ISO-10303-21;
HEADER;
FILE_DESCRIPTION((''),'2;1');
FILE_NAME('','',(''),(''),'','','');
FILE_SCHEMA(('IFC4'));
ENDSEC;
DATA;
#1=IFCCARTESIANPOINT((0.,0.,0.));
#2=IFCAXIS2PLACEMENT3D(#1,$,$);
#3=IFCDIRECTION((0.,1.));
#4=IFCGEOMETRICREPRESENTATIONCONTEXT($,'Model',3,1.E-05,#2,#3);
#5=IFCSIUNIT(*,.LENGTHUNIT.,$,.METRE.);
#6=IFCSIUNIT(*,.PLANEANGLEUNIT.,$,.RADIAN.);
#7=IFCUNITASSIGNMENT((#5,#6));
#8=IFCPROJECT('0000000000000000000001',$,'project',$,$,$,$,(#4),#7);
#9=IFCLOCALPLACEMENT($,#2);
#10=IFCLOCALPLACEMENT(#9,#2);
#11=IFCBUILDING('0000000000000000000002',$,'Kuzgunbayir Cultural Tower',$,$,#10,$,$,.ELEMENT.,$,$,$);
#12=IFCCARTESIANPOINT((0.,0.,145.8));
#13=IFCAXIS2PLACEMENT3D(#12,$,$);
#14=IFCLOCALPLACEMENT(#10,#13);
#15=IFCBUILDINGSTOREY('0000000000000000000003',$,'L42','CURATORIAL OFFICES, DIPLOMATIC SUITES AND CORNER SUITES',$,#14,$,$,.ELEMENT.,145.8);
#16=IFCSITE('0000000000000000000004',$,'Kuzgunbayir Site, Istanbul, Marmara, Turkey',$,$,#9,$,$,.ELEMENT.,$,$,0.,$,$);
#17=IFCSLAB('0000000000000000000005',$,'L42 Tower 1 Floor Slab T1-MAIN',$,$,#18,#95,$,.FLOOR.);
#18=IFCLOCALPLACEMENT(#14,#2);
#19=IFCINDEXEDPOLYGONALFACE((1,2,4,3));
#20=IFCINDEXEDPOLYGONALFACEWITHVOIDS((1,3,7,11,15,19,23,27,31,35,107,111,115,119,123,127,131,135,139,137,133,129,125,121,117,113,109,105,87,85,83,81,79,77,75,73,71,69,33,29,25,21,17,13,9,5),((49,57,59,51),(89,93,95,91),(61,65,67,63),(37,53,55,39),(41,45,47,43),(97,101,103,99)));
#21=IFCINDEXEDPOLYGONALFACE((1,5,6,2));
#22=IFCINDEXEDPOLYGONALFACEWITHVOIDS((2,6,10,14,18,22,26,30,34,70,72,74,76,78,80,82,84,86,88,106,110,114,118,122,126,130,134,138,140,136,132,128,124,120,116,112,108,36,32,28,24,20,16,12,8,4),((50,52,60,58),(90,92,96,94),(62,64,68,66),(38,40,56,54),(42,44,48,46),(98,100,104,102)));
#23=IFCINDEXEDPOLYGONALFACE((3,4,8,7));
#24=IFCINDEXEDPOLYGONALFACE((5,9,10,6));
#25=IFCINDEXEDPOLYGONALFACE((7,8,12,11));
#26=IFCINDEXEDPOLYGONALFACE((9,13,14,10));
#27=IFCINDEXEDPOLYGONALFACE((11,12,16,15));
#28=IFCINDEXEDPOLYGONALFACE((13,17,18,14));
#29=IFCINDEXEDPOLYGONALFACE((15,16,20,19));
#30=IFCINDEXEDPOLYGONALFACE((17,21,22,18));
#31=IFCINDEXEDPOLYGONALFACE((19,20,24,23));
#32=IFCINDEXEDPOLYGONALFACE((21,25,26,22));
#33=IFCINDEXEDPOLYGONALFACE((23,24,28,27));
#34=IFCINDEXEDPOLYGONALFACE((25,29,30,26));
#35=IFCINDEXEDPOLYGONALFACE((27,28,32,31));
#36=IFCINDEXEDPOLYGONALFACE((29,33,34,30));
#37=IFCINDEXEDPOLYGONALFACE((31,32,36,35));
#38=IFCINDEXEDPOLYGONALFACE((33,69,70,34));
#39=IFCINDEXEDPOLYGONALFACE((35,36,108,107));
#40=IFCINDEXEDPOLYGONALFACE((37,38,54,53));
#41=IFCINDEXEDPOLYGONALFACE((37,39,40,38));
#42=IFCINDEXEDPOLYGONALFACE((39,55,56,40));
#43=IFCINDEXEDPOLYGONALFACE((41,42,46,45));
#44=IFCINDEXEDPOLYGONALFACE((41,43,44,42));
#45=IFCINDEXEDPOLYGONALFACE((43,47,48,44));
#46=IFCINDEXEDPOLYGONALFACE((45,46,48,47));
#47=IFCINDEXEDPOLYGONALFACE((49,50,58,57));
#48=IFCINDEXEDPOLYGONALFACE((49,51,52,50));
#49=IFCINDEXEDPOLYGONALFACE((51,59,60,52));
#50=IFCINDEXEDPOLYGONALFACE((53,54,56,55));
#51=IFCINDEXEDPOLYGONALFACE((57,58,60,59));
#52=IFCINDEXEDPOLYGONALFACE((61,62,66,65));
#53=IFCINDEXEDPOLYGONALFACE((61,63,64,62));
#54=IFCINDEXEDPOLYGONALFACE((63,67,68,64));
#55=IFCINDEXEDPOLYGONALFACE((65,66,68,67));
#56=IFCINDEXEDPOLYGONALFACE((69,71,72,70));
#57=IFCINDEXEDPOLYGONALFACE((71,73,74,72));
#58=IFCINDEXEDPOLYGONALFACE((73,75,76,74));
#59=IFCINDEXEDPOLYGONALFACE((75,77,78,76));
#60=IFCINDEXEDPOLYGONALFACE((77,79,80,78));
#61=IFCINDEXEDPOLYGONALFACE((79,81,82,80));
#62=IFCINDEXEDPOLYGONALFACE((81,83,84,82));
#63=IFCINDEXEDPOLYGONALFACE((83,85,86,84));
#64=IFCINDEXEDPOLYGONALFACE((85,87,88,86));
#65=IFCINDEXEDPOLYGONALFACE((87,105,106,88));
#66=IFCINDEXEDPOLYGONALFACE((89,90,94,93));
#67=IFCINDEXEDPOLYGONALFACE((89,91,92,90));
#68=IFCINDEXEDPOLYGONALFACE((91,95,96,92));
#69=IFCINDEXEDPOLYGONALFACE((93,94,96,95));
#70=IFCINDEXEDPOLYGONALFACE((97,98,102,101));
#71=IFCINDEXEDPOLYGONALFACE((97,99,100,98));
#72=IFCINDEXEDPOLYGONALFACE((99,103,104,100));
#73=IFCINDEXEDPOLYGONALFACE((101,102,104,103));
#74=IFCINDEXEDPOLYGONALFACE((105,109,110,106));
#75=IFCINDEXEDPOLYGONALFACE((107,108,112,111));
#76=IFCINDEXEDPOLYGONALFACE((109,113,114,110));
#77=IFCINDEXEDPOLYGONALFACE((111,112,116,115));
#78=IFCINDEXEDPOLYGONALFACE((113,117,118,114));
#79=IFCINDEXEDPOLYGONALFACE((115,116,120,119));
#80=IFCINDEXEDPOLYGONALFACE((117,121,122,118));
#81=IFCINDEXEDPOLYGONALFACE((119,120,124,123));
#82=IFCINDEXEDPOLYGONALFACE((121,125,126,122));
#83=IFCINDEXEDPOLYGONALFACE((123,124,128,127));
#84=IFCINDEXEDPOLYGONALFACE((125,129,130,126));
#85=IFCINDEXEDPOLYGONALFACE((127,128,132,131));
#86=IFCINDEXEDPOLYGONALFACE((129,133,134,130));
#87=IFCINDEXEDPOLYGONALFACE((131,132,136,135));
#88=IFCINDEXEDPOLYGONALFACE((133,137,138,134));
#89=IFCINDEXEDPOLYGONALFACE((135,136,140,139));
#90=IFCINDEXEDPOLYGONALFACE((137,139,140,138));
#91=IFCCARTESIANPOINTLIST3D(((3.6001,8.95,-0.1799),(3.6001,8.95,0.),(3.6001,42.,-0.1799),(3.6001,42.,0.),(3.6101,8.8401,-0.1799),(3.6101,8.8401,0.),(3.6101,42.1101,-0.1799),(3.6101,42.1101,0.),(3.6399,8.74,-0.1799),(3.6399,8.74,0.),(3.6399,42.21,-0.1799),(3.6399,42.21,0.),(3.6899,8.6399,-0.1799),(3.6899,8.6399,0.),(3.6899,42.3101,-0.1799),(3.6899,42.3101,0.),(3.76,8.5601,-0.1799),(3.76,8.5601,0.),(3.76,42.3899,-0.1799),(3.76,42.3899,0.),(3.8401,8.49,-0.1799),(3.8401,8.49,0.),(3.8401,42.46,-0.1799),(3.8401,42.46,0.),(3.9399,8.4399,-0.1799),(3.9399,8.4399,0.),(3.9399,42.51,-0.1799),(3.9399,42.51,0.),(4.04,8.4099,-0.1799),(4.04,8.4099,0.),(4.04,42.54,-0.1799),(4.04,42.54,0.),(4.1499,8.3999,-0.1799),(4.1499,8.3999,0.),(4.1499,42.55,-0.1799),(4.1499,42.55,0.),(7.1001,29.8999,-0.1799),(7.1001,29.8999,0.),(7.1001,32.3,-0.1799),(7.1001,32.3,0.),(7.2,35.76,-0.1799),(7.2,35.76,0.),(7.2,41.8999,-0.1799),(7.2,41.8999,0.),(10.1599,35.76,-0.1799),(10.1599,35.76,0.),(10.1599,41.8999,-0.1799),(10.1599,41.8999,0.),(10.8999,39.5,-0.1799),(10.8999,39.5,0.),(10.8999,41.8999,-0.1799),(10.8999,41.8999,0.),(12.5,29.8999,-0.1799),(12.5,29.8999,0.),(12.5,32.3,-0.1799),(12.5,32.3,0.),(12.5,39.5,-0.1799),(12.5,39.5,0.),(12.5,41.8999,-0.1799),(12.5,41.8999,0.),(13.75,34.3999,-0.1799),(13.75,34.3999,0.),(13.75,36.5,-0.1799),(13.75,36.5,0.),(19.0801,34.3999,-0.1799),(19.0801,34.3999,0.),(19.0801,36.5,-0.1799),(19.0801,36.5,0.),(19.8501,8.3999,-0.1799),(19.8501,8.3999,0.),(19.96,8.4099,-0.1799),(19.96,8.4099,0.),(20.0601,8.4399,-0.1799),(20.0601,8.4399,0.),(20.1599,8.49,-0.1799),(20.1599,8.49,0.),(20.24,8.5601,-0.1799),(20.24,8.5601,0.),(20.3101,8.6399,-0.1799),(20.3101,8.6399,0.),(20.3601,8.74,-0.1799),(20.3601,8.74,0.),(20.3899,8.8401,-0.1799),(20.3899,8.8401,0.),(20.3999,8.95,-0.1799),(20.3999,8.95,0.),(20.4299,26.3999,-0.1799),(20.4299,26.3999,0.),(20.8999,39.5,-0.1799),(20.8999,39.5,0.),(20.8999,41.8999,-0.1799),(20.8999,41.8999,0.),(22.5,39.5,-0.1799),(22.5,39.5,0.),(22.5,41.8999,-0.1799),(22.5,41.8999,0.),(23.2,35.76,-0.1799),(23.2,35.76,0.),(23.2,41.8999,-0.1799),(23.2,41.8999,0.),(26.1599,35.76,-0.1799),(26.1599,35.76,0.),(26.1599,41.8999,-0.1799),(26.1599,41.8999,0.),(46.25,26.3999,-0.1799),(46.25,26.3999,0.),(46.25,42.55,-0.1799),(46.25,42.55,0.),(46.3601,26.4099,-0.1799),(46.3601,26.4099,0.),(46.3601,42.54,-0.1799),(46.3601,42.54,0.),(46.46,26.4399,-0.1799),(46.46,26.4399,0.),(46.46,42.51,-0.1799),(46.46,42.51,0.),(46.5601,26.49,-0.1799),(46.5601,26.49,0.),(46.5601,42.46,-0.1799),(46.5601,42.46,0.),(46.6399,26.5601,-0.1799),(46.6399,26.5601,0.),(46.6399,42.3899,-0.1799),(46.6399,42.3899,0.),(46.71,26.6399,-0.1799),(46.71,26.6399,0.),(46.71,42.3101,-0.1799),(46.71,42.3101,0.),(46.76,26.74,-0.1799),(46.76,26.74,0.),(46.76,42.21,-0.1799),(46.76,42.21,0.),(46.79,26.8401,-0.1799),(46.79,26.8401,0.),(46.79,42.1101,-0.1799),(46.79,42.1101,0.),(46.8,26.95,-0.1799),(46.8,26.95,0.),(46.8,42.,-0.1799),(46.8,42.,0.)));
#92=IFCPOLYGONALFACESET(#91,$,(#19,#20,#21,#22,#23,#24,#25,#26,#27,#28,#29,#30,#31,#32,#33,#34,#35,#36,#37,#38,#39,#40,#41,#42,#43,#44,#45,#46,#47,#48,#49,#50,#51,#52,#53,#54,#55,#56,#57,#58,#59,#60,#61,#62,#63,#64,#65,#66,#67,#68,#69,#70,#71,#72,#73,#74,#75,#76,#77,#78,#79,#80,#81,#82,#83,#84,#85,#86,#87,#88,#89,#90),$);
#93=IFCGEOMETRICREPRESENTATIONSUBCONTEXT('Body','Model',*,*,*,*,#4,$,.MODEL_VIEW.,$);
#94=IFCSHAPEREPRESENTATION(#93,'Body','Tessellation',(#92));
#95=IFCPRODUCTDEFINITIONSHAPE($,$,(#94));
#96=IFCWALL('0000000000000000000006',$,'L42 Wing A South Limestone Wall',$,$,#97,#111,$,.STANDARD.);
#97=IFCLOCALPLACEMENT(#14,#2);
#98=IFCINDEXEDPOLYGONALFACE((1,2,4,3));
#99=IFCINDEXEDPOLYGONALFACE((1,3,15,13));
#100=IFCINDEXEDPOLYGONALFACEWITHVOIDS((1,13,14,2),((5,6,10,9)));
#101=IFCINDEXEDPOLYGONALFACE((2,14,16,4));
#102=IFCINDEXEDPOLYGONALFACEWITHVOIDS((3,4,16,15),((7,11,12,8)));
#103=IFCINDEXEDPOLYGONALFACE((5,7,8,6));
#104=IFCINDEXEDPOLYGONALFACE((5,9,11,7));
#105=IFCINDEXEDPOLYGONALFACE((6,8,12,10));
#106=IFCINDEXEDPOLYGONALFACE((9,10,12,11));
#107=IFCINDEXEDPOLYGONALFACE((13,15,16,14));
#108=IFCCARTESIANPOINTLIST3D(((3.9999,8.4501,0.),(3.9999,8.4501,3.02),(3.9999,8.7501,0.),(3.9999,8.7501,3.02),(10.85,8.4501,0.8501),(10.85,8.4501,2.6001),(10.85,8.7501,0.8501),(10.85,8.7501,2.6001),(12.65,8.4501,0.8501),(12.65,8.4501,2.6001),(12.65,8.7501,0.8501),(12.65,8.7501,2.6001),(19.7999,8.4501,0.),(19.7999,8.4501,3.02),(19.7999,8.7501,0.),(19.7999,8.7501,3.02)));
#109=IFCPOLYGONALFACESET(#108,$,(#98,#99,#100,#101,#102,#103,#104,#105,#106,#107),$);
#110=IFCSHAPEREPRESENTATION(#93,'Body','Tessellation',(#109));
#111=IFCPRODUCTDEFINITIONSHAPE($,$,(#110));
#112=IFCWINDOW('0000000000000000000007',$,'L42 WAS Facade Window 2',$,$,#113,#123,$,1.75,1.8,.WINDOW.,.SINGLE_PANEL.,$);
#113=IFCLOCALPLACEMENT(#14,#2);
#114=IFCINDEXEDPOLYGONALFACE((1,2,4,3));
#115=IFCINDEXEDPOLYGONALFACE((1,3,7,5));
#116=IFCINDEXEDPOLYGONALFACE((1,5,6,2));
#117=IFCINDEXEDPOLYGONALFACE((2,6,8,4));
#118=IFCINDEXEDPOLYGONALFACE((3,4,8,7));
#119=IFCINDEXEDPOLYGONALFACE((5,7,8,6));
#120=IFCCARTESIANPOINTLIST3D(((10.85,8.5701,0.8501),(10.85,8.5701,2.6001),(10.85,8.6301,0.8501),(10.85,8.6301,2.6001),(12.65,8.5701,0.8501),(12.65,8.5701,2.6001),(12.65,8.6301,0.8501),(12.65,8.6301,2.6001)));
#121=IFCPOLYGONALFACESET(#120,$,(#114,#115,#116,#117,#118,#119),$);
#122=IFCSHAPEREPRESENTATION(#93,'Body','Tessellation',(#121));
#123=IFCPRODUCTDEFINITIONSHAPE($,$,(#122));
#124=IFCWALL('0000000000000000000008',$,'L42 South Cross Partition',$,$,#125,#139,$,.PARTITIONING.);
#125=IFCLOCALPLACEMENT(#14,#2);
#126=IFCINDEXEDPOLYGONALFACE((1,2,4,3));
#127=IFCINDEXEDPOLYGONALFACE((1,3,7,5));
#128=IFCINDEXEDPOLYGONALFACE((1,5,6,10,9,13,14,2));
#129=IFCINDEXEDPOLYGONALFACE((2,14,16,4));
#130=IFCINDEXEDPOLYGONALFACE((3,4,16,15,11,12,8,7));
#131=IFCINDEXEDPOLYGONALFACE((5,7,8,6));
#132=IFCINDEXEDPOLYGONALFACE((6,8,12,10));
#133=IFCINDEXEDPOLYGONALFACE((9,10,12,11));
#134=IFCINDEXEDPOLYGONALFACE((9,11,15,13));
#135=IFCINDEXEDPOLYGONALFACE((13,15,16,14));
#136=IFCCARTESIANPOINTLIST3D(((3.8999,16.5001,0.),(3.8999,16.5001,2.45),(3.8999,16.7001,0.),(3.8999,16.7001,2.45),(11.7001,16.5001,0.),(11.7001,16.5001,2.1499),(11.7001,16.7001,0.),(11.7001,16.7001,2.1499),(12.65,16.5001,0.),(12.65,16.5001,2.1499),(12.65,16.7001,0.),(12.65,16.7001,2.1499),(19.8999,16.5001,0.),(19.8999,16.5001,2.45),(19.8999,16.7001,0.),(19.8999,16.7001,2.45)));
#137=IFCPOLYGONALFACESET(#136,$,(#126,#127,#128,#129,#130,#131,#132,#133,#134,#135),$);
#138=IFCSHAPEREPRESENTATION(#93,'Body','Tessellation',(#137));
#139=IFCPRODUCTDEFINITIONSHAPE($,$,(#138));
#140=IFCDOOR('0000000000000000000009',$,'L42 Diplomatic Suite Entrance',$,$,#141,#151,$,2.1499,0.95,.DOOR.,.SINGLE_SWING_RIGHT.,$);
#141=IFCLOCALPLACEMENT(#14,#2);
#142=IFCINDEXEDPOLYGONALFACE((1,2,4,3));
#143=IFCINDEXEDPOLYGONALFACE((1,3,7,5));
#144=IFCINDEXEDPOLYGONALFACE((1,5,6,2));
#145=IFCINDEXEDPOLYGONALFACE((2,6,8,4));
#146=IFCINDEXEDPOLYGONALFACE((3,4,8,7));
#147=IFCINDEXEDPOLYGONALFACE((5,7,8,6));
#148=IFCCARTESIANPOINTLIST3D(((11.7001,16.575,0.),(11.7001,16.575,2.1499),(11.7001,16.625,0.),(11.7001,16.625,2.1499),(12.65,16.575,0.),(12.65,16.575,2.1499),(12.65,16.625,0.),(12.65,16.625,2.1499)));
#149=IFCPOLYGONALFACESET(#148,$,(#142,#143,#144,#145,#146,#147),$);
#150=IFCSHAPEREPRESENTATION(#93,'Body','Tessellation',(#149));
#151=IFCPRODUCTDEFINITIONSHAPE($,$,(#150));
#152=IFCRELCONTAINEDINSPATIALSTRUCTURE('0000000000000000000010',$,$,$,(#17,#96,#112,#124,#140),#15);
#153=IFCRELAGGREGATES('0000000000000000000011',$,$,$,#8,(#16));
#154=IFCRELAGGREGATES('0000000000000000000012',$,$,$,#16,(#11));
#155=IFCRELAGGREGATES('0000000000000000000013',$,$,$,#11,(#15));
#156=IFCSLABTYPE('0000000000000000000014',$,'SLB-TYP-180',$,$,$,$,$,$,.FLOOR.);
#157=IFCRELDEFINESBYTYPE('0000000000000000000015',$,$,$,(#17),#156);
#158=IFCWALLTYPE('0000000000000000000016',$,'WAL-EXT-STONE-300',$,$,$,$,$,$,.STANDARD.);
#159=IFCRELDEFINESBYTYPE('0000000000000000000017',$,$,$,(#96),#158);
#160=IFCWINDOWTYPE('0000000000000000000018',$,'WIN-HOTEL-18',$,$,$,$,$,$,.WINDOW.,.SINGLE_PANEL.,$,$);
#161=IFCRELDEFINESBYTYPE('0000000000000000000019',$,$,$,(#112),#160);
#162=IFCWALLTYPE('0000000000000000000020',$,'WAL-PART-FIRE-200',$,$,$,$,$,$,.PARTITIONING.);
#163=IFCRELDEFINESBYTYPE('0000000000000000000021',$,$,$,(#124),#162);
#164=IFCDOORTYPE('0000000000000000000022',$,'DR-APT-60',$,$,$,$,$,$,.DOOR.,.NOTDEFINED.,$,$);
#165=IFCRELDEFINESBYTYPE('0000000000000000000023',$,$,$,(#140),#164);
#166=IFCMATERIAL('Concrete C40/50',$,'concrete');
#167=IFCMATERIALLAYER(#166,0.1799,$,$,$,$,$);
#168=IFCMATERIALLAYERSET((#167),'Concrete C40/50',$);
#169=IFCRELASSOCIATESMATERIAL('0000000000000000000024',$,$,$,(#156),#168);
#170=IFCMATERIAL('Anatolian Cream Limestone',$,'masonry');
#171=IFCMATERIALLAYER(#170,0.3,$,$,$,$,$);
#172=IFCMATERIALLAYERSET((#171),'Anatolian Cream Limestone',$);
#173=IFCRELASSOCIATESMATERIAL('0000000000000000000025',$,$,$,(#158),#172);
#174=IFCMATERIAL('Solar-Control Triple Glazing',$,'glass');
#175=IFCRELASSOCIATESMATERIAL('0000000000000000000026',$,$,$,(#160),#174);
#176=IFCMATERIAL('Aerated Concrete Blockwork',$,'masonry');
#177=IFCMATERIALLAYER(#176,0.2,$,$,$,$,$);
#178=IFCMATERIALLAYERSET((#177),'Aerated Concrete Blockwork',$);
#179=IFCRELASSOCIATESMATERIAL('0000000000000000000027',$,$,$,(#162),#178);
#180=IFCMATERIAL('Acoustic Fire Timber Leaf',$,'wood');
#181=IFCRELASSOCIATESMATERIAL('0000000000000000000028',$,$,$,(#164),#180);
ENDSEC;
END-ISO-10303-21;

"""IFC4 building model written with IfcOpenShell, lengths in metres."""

from ifc_helpers import new_model, si_unit, direction, frame, frame_2d, origin, place, context, subcontext, project, spatial, polyline, rectangle, outline, extrude, material, layer, layer_set, type_object, element, fill, save


model = new_model("IFC4")

# Units and contexts
model_context = context("Model", 3, precision=1e-05, world=origin(), true_north=direction((0.0, 1.0)))
body_context = subcontext(model_context, "Body", "Model", "MODEL_VIEW")
ifc_project = project(units=[si_unit("LENGTHUNIT", "METRE"), si_unit("PLANEANGLEUNIT", "RADIAN")], contexts=[model_context])

# Site, building, storey
site_placement = place(None, origin())
site = spatial("IfcSite", under=ifc_project, at=site_placement, Name="Kuzgunbayir Site, Istanbul, Marmara, Turkey", CompositionType="ELEMENT", RefElevation=0.0)
building_placement = place(site_placement, origin())
building = spatial("IfcBuilding", under=site, at=building_placement, Name="Kuzgunbayir Cultural Tower", CompositionType="ELEMENT")
storey_placement = place(building_placement, frame((0.0, 0.0, 145.8)))
storey = spatial("IfcBuildingStorey", under=building, at=storey_placement, Name="L42", Description="CURATORIAL OFFICES, DIPLOMATIC SUITES AND CORNER SUITES", CompositionType="ELEMENT", Elevation=145.8)

# Shared definitions
ifc_material_1 = material(Name="Concrete C40/50", Category="concrete")

# Slab
ifc_layer_1 = layer(ifc_material_1, 0.1799)
ifc_layer_set_1 = layer_set([ifc_layer_1], Name="Concrete C40/50")
slab_type_1 = type_object("IfcSlabType", Name="SLB-TYP-180", PredefinedType="FLOOR", material=ifc_layer_set_1)
slab_1_placement = place(storey_placement, frame((0.0, 0.0, -0.1799)))
element("IfcSlab", 1, at=slab_1_placement, inside=storey, type_object=slab_type_1, Name="L42 Tower 1 Floor Slab T1-MAIN", PredefinedType="FLOOR", context=body_context, shape_type="SweptSolid", body=[
    extrude(outline(polyline([(20.3999, 8.95), (20.3899, 8.8401), (20.3601, 8.74), (20.3101, 8.6399), (20.24, 8.5601), (20.1599, 8.49), (20.0601, 8.4399), (19.96, 8.4099), (19.8501, 8.3999), (4.1499, 8.3999), (4.04, 8.4099), (3.9399, 8.4399), (3.8401, 8.49), (3.76, 8.5601), (3.6899, 8.6399), (3.6399, 8.74), (3.6101, 8.8401), (3.6001, 8.95), (3.6001, 42.0), (3.6101, 42.1101), (3.6399, 42.21), (3.6899, 42.3101), (3.76, 42.3899), (3.8401, 42.46), (3.9399, 42.51), (4.04, 42.54), (4.1499, 42.55), (46.25, 42.55), (46.3601, 42.54), (46.46, 42.51), (46.5601, 42.46), (46.6399, 42.3899), (46.71, 42.3101), (46.76, 42.21), (46.79, 42.1101), (46.8, 42.0), (46.8, 26.95), (46.79, 26.8401), (46.76, 26.74), (46.71, 26.6399), (46.6399, 26.5601), (46.5601, 26.49), (46.46, 26.4399), (46.3601, 26.4099), (46.25, 26.3999), (20.4299, 26.3999), (20.3999, 8.95)]), holes=[polyline([(7.2, 35.76), (7.2, 41.8999), (10.1599, 41.8999), (10.1599, 35.76), (7.2, 35.76)]), polyline([(23.2, 35.76), (23.2, 41.8999), (26.1599, 41.8999), (26.1599, 35.76), (23.2, 35.76)]), polyline([(13.75, 34.3999), (13.75, 36.5), (19.0801, 36.5), (19.0801, 34.3999), (13.75, 34.3999)]), polyline([(7.1001, 29.8999), (7.1001, 32.3), (12.5, 32.3), (12.5, 29.8999), (7.1001, 29.8999)]), polyline([(10.8999, 39.5), (10.8999, 41.8999), (12.5, 41.8999), (12.5, 39.5), (10.8999, 39.5)]), polyline([(20.8999, 39.5), (20.8999, 41.8999), (22.5, 41.8999), (22.5, 39.5), (20.8999, 39.5)])]), origin(), (0.0, 0.0, 1.0), 0.1799),
])

# Wall, opening, window
ifc_material_2 = material(Name="Anatolian Cream Limestone", Category="masonry")
ifc_layer_2 = layer(ifc_material_2, 0.3)
ifc_layer_set_2 = layer_set([ifc_layer_2], Name="Anatolian Cream Limestone")
wall_type_1 = type_object("IfcWallType", Name="WAL-EXT-STONE-300", PredefinedType="STANDARD", material=ifc_layer_set_2)
wall_1_placement = place(storey_placement, frame((4.0, 8.6001, 0.0), z_axis=(0.0, 0.0, 1.0), x_axis=(1.0, 0.0, 0.0)))
wall_1 = element("IfcWall", 2, at=wall_1_placement, inside=storey, type_object=wall_type_1, Name="L42 Wing A South Limestone Wall", PredefinedType="STANDARD", context=body_context, shape_type="SweptSolid", body=[
    extrude(rectangle(XDim=15.8, YDim=0.3, at=frame_2d((7.8999, 0.0))), origin(), (0.0, 0.0, 1.0), 3.02),
])
opening_1_placement = place(wall_1_placement, frame((6.8501, 0.0, 0.8501)))
opening_1 = element("IfcOpeningElement", 3, at=opening_1_placement, cuts=wall_1, PredefinedType="OPENING", context=body_context, shape_type="SweptSolid", body=[
    extrude(rectangle(XDim=1.8, YDim=1.75, at=frame_2d((0.8999, 0.875))), frame((0.0, 0.1602, 0.0), z_axis=(0.0, -1.0, 0.0), x_axis=(1.0, 0.0, 0.0)), (0.0, 0.0, 1.0), 0.3201),
])
ifc_material_3 = material(Name="Solar-Control Triple Glazing", Category="glass")
window_type = type_object("IfcWindowType", Name="WIN-HOTEL-18", PartitioningType="SINGLE_PANEL", PredefinedType="WINDOW", material=ifc_material_3)
window_placement = place(opening_1_placement, origin())
window = element("IfcWindow", 4, at=window_placement, inside=storey, type_object=window_type, Name="L42 WAS Facade Window 2", OverallHeight=1.75, OverallWidth=1.8, PartitioningType="SINGLE_PANEL", PredefinedType="WINDOW", context=body_context, shape_type="SweptSolid", body=[
    extrude(rectangle(XDim=1.8, YDim=1.75, at=frame_2d((0.8999, 0.875))), frame((0.0, 0.03, 0.0), z_axis=(0.0, -1.0, 0.0), x_axis=(1.0, 0.0, 0.0)), (0.0, 0.0, 1.0), 0.0601),
])
fill(opening_1, window)

# Shared definitions
ifc_material_4 = material(Name="Aerated Concrete Blockwork", Category="masonry")
ifc_layer_3 = layer(ifc_material_4, 0.2)
ifc_layer_set_3 = layer_set([ifc_layer_3], Name="Aerated Concrete Blockwork")
wall_type_2 = type_object("IfcWallType", Name="WAL-PART-FIRE-200", PredefinedType="PARTITIONING", material=ifc_layer_set_3)
ifc_material_5 = material(Name="Acoustic Fire Timber Leaf", Category="wood")
door_type_1 = type_object("IfcDoorType", Name="DR-APT-60", OperationType="NOTDEFINED", PredefinedType="DOOR", material=ifc_material_5)

# Wall, opening, door
wall_2_placement = place(storey_placement, frame((3.8999, 16.6001, 0.0), z_axis=(0.0, 0.0, 1.0), x_axis=(1.0, 0.0, 0.0)))
wall_2 = element("IfcWall", 5, at=wall_2_placement, inside=storey, type_object=wall_type_2, Name="L42 South Cross Partition", PredefinedType="PARTITIONING", context=body_context, shape_type="SweptSolid", body=[
    extrude(rectangle(XDim=16.0, YDim=0.2, at=frame_2d((8.0, 0.0))), origin(), (0.0, 0.0, 1.0), 2.45),
])
opening_2_placement = place(wall_2_placement, frame((7.8, 0.0, 0.0)))
opening_2 = element("IfcOpeningElement", 6, at=opening_2_placement, cuts=wall_2, PredefinedType="OPENING", context=body_context, shape_type="SweptSolid", body=[
    extrude(rectangle(XDim=0.95, YDim=2.1499, at=frame_2d((0.4751, 1.075))), frame((0.0, 0.1099, 0.0), z_axis=(0.0, -1.0, 0.0), x_axis=(1.0, 0.0, 0.0)), (0.0, 0.0, 1.0), 0.22),
])
door_1_placement = place(opening_2_placement, origin())
door_1 = element("IfcDoor", 7, at=door_1_placement, inside=storey, type_object=door_type_1, Name="L42 Diplomatic Suite Entrance", OperationType="SINGLE_SWING_RIGHT", OverallHeight=2.1499, OverallWidth=0.95, PredefinedType="DOOR", context=body_context, shape_type="SweptSolid", body=[
    extrude(rectangle(XDim=0.95, YDim=2.1499, at=frame_2d((0.4751, 1.075))), frame((0.0, 0.0249, 0.0), z_axis=(0.0, -1.0, 0.0), x_axis=(1.0, 0.0, 0.0)), (0.0, 0.0, 1.0), 0.05),
])
fill(opening_2, door_1)

save(model, "model.ifc")
